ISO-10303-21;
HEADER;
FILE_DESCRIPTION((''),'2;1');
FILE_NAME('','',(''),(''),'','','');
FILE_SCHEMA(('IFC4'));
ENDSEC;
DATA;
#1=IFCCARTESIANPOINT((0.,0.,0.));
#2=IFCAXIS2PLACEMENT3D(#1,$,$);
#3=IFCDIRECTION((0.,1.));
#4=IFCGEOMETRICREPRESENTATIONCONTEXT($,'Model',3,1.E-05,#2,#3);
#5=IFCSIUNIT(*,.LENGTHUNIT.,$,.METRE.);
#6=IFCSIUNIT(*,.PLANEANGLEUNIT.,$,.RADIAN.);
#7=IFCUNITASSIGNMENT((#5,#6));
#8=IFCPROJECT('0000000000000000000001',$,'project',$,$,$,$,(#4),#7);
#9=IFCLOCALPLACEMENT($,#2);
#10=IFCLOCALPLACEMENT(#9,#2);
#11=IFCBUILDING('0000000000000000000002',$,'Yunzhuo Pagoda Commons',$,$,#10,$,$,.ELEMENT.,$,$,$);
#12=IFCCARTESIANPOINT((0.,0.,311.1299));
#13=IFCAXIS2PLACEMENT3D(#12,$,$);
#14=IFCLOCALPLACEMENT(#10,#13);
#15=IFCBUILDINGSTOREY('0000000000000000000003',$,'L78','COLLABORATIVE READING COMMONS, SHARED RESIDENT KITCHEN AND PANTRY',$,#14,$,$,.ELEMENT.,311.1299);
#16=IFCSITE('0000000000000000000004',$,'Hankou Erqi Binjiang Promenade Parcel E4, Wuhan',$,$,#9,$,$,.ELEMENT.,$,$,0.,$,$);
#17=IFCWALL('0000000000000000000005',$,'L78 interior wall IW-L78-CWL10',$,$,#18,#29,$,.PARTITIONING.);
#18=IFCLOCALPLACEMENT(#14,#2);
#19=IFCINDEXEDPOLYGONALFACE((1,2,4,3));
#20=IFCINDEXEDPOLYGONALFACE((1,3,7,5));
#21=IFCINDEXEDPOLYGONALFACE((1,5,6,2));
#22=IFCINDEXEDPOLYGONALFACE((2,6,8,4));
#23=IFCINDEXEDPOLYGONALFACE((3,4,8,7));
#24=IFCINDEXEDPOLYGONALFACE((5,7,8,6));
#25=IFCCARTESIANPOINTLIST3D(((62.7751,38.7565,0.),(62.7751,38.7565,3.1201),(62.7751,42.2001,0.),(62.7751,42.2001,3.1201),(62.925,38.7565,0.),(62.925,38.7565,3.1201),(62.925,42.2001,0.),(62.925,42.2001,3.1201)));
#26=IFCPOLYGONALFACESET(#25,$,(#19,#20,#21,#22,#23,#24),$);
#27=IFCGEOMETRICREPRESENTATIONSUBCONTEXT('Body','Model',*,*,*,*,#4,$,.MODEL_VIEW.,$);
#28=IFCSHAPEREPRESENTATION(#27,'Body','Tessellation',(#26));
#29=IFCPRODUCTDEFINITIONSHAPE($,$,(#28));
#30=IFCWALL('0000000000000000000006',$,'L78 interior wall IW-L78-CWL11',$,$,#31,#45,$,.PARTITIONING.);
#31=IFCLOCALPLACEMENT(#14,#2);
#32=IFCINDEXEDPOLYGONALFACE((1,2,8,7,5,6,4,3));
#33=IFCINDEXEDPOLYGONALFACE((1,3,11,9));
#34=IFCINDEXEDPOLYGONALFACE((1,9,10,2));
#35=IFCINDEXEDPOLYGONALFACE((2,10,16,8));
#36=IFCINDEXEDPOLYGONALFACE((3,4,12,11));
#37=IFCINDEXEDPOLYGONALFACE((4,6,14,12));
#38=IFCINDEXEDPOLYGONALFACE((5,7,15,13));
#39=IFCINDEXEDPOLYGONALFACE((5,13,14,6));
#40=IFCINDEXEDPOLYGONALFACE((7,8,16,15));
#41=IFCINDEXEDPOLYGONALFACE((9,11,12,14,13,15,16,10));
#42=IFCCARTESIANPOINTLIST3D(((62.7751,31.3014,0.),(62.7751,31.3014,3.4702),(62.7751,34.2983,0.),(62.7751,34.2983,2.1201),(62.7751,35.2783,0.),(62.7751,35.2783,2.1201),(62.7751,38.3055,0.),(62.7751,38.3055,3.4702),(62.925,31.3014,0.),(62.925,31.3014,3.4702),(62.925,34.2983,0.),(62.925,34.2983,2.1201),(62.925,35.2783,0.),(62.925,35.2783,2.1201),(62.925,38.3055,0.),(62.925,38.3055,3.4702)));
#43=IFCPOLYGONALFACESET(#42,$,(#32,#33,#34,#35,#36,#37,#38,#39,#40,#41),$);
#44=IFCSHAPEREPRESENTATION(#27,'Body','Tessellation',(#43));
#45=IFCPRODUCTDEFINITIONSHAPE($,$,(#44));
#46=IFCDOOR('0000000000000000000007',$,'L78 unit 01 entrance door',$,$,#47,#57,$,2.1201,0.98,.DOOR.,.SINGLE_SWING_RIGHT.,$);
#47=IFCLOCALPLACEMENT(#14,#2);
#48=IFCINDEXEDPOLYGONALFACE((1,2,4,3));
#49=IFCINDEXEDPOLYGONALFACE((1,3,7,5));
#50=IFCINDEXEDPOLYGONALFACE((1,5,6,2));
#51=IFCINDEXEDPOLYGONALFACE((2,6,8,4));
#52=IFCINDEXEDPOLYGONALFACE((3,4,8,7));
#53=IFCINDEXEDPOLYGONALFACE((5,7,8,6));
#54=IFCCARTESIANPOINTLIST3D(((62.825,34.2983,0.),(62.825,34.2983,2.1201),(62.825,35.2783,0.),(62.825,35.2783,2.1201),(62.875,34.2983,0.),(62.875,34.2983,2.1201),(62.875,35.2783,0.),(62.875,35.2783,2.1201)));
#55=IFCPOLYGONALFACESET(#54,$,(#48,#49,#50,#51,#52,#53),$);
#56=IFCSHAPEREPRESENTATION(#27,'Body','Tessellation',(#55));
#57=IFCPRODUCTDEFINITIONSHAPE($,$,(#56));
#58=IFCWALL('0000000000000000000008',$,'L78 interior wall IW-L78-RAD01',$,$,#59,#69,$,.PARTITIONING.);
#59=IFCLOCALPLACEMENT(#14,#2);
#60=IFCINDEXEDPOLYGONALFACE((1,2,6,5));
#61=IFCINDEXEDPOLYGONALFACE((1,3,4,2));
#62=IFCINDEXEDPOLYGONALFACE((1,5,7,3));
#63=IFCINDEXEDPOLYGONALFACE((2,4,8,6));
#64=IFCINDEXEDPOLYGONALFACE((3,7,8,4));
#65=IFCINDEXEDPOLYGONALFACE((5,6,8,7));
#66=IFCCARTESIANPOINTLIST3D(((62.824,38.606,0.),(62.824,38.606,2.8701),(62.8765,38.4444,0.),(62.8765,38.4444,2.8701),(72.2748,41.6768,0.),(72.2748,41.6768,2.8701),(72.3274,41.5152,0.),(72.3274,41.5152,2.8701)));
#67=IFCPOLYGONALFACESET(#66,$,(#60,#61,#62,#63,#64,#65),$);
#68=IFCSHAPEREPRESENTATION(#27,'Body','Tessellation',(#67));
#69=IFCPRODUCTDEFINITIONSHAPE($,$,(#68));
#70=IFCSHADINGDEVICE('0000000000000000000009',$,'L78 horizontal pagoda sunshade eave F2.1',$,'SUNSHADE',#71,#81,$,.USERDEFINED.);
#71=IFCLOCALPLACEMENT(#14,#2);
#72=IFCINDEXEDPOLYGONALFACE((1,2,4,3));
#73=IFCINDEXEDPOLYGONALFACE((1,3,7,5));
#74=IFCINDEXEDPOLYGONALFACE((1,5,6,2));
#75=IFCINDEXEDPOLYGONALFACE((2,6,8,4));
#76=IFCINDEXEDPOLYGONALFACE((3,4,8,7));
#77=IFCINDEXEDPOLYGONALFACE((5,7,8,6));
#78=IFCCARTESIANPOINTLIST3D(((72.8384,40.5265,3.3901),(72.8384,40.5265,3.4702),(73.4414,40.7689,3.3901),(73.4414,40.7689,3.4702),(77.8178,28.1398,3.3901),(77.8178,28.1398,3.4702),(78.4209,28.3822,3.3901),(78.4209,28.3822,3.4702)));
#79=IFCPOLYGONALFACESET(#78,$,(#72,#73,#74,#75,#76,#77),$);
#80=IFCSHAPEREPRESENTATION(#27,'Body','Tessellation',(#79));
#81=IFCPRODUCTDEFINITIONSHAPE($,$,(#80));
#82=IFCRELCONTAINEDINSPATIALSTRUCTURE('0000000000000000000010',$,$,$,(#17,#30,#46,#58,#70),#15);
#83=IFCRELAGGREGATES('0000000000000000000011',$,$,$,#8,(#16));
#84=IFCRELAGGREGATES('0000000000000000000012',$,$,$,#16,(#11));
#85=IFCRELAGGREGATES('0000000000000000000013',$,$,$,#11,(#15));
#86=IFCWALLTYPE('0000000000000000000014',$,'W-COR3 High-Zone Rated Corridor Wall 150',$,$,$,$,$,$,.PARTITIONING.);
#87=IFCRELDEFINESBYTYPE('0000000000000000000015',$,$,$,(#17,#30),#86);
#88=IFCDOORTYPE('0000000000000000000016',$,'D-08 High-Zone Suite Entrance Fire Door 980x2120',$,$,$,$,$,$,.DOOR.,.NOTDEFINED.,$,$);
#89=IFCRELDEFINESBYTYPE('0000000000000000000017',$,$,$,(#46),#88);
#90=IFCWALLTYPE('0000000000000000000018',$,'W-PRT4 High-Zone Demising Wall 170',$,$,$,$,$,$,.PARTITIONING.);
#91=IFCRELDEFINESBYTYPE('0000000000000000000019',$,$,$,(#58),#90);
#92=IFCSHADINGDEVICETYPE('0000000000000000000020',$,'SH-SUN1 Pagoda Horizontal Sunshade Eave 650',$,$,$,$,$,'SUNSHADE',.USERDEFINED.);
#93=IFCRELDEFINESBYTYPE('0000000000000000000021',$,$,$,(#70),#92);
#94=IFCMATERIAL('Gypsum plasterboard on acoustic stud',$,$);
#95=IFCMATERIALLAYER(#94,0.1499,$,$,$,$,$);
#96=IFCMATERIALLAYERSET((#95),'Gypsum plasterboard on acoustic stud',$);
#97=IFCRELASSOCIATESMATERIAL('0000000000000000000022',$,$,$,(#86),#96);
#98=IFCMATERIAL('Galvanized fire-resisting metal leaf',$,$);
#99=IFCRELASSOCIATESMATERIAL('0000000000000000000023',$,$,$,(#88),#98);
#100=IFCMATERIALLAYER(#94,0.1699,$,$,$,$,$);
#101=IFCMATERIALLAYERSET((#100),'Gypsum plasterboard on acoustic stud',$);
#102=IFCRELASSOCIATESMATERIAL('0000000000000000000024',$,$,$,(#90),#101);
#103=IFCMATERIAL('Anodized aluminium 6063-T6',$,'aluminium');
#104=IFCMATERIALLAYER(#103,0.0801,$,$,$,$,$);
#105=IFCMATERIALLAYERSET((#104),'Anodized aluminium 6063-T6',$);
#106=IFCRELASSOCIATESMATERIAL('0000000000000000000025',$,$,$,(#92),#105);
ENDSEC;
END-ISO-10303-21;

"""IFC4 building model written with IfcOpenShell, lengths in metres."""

from ifc_helpers import new_model, si_unit, direction, frame, frame_2d, origin, origin_with_axes, origin_2d, place, context, subcontext, project, spatial, rectangle, extrude, source, transform, mapped, material, layer, layer_set, type_object, element, fill, save


model = new_model("IFC4")

# Units and contexts
model_context = context("Model", 3, precision=1e-05, world=origin(), true_north=direction((0.0, 1.0)))
body_context = subcontext(model_context, "Body", "Model", "MODEL_VIEW")
ifc_project = project(units=[si_unit("LENGTHUNIT", "METRE"), si_unit("PLANEANGLEUNIT", "RADIAN")], contexts=[model_context])

# Site, building, storey
site_placement = place(None, origin())
site = spatial("IfcSite", under=ifc_project, at=site_placement, Name="Hankou Erqi Binjiang Promenade Parcel E4, Wuhan", CompositionType="ELEMENT", RefElevation=0.0)
building_placement = place(site_placement, origin())
building = spatial("IfcBuilding", under=site, at=building_placement, Name="Yunzhuo Pagoda Commons", CompositionType="ELEMENT")
storey_placement = place(building_placement, frame((0.0, 0.0, 311.1299)))
storey = spatial("IfcBuildingStorey", under=building, at=storey_placement, Name="L78", Description="COLLABORATIVE READING COMMONS, SHARED RESIDENT KITCHEN AND PANTRY", CompositionType="ELEMENT", Elevation=311.1299)

# Shared definitions
ifc_material_1 = material(Name="Anodized aluminium 6063-T6", Category="aluminium")

# Wall
ifc_material_2 = material(Name="Gypsum plasterboard on acoustic stud")
ifc_layer_1 = layer(ifc_material_2, 0.1499)
ifc_layer_set_1 = layer_set([ifc_layer_1], Name="Gypsum plasterboard on acoustic stud")
wall_type_1 = type_object("IfcWallType", Name="W-COR3 High-Zone Rated Corridor Wall 150", PredefinedType="PARTITIONING", material=ifc_layer_set_1)
wall_1_placement = place(storey_placement, frame((62.8501, 42.2, 0.0), z_axis=(0.0, 0.0, 1.0), x_axis=(0.0, -1.0, 0.0)))
element("IfcWall", 1, at=wall_1_placement, inside=storey, type_object=wall_type_1, Name="L78 interior wall IW-L78-CWL10", PredefinedType="PARTITIONING", context=body_context, shape_type="SweptSolid", body=[
    extrude(rectangle(XDim=3.4436, YDim=0.1499, at=frame_2d((1.7217, 0.0))), origin(), (0.0, 0.0, 1.0), 3.1201),
])

# Wall, opening, door
wall_2_placement = place(storey_placement, frame((62.8501, 38.3054, 0.0), z_axis=(0.0, 0.0, 1.0), x_axis=(0.0, -1.0, 0.0)))
wall_2 = element("IfcWall", 2, at=wall_2_placement, inside=storey, type_object=wall_type_1, Name="L78 interior wall IW-L78-CWL11", PredefinedType="PARTITIONING", context=body_context, shape_type="SweptSolid", body=[
    extrude(rectangle(XDim=7.0042, YDim=0.1499, at=frame_2d((3.502, 0.0))), origin(), (0.0, 0.0, 1.0), 3.4702),
])
opening_placement = place(wall_2_placement, frame((3.0271, 0.0, 0.0)))
opening = element("IfcOpeningElement", 3, at=opening_placement, cuts=wall_2, PredefinedType="OPENING", context=body_context, shape_type="SweptSolid", body=[
    extrude(rectangle(XDim=0.98, YDim=2.1201, at=frame_2d((0.49, 1.0601))), frame((0.0, 0.085, 0.0), z_axis=(0.0, -1.0, 0.0), x_axis=(1.0, 0.0, 0.0)), (0.0, 0.0, 1.0), 0.1699),
])
ifc_material_3 = material(Name="Galvanized fire-resisting metal leaf")
door_type = type_object("IfcDoorType", Name="D-08 High-Zone Suite Entrance Fire Door 980x2120", OperationType="NOTDEFINED", PredefinedType="DOOR", material=ifc_material_3)
shared_shape_1 = source(origin(), body_context, "Body", "SweptSolid", [
    extrude(rectangle(XDim=0.98, YDim=2.1201, at=frame_2d((0.49, 1.0601))), frame((0.0, 0.0249, 0.0), z_axis=(0.0, -1.0, 0.0), x_axis=(1.0, 0.0, 0.0)), (0.0, 0.0, 1.0), 0.05),
])
door_placement = place(opening_placement, origin_with_axes())
door = element("IfcDoor", 4, at=door_placement, inside=storey, type_object=door_type, Name="L78 unit 01 entrance door", OperationType="SINGLE_SWING_RIGHT", OverallHeight=2.1201, OverallWidth=0.98, PredefinedType="DOOR", context=body_context, shape_type="MappedRepresentation", body=[
    mapped(shared_shape_1, transform((0.0, 0.0, 0.0), scale=1.0)),
])
fill(opening, door)

# Wall
ifc_layer_2 = layer(ifc_material_2, 0.1699)
ifc_layer_set_2 = layer_set([ifc_layer_2], Name="Gypsum plasterboard on acoustic stud")
wall_type_2 = type_object("IfcWallType", Name="W-PRT4 High-Zone Demising Wall 170", PredefinedType="PARTITIONING", material=ifc_layer_set_2)
wall_3_placement = place(storey_placement, frame((62.8501, 38.5251, 0.0), z_axis=(0.0, 0.0, 1.0), x_axis=(0.951056, 0.309018, 0.0)))
element("IfcWall", 5, at=wall_3_placement, inside=storey, type_object=wall_type_2, Name="L78 interior wall IW-L78-RAD01", PredefinedType="PARTITIONING", context=body_context, shape_type="SweptSolid", body=[
    extrude(rectangle(XDim=9.9373, YDim=0.1699, at=frame_2d((4.9688, 0.0))), origin(), (0.0, 0.0, 1.0), 2.8701),
])

# Shading device
ifc_layer_3 = layer(ifc_material_1, 0.0801)
ifc_layer_set_3 = layer_set([ifc_layer_3], Name="Anodized aluminium 6063-T6")
shading_device_type = type_object("IfcShadingDeviceType", Name="SH-SUN1 Pagoda Horizontal Sunshade Eave 650", ElementType="SUNSHADE", PredefinedType="USERDEFINED", material=ifc_layer_set_3)
shared_shape_2 = source(origin(), body_context, "Body", "SweptSolid", [
    extrude(rectangle(XDim=13.3501, YDim=0.6499, at=origin_2d()), origin(), (0.0, 0.0, 1.0), 0.0801),
])
shading_device_placement = place(storey_placement, frame((75.6296, 34.4543, 3.3901), z_axis=(0.0, 0.0, 1.0), x_axis=(-0.372988, 0.927836, 0.0)))
element("IfcShadingDevice", 6, at=shading_device_placement, inside=storey, type_object=shading_device_type, Name="L78 horizontal pagoda sunshade eave F2.1", ObjectType="SUNSHADE", PredefinedType="USERDEFINED", context=body_context, shape_type="MappedRepresentation", body=[
    mapped(shared_shape_2, transform((0.0, 0.0, 0.0), scale=1.0)),
])

save(model, "model.ifc")
